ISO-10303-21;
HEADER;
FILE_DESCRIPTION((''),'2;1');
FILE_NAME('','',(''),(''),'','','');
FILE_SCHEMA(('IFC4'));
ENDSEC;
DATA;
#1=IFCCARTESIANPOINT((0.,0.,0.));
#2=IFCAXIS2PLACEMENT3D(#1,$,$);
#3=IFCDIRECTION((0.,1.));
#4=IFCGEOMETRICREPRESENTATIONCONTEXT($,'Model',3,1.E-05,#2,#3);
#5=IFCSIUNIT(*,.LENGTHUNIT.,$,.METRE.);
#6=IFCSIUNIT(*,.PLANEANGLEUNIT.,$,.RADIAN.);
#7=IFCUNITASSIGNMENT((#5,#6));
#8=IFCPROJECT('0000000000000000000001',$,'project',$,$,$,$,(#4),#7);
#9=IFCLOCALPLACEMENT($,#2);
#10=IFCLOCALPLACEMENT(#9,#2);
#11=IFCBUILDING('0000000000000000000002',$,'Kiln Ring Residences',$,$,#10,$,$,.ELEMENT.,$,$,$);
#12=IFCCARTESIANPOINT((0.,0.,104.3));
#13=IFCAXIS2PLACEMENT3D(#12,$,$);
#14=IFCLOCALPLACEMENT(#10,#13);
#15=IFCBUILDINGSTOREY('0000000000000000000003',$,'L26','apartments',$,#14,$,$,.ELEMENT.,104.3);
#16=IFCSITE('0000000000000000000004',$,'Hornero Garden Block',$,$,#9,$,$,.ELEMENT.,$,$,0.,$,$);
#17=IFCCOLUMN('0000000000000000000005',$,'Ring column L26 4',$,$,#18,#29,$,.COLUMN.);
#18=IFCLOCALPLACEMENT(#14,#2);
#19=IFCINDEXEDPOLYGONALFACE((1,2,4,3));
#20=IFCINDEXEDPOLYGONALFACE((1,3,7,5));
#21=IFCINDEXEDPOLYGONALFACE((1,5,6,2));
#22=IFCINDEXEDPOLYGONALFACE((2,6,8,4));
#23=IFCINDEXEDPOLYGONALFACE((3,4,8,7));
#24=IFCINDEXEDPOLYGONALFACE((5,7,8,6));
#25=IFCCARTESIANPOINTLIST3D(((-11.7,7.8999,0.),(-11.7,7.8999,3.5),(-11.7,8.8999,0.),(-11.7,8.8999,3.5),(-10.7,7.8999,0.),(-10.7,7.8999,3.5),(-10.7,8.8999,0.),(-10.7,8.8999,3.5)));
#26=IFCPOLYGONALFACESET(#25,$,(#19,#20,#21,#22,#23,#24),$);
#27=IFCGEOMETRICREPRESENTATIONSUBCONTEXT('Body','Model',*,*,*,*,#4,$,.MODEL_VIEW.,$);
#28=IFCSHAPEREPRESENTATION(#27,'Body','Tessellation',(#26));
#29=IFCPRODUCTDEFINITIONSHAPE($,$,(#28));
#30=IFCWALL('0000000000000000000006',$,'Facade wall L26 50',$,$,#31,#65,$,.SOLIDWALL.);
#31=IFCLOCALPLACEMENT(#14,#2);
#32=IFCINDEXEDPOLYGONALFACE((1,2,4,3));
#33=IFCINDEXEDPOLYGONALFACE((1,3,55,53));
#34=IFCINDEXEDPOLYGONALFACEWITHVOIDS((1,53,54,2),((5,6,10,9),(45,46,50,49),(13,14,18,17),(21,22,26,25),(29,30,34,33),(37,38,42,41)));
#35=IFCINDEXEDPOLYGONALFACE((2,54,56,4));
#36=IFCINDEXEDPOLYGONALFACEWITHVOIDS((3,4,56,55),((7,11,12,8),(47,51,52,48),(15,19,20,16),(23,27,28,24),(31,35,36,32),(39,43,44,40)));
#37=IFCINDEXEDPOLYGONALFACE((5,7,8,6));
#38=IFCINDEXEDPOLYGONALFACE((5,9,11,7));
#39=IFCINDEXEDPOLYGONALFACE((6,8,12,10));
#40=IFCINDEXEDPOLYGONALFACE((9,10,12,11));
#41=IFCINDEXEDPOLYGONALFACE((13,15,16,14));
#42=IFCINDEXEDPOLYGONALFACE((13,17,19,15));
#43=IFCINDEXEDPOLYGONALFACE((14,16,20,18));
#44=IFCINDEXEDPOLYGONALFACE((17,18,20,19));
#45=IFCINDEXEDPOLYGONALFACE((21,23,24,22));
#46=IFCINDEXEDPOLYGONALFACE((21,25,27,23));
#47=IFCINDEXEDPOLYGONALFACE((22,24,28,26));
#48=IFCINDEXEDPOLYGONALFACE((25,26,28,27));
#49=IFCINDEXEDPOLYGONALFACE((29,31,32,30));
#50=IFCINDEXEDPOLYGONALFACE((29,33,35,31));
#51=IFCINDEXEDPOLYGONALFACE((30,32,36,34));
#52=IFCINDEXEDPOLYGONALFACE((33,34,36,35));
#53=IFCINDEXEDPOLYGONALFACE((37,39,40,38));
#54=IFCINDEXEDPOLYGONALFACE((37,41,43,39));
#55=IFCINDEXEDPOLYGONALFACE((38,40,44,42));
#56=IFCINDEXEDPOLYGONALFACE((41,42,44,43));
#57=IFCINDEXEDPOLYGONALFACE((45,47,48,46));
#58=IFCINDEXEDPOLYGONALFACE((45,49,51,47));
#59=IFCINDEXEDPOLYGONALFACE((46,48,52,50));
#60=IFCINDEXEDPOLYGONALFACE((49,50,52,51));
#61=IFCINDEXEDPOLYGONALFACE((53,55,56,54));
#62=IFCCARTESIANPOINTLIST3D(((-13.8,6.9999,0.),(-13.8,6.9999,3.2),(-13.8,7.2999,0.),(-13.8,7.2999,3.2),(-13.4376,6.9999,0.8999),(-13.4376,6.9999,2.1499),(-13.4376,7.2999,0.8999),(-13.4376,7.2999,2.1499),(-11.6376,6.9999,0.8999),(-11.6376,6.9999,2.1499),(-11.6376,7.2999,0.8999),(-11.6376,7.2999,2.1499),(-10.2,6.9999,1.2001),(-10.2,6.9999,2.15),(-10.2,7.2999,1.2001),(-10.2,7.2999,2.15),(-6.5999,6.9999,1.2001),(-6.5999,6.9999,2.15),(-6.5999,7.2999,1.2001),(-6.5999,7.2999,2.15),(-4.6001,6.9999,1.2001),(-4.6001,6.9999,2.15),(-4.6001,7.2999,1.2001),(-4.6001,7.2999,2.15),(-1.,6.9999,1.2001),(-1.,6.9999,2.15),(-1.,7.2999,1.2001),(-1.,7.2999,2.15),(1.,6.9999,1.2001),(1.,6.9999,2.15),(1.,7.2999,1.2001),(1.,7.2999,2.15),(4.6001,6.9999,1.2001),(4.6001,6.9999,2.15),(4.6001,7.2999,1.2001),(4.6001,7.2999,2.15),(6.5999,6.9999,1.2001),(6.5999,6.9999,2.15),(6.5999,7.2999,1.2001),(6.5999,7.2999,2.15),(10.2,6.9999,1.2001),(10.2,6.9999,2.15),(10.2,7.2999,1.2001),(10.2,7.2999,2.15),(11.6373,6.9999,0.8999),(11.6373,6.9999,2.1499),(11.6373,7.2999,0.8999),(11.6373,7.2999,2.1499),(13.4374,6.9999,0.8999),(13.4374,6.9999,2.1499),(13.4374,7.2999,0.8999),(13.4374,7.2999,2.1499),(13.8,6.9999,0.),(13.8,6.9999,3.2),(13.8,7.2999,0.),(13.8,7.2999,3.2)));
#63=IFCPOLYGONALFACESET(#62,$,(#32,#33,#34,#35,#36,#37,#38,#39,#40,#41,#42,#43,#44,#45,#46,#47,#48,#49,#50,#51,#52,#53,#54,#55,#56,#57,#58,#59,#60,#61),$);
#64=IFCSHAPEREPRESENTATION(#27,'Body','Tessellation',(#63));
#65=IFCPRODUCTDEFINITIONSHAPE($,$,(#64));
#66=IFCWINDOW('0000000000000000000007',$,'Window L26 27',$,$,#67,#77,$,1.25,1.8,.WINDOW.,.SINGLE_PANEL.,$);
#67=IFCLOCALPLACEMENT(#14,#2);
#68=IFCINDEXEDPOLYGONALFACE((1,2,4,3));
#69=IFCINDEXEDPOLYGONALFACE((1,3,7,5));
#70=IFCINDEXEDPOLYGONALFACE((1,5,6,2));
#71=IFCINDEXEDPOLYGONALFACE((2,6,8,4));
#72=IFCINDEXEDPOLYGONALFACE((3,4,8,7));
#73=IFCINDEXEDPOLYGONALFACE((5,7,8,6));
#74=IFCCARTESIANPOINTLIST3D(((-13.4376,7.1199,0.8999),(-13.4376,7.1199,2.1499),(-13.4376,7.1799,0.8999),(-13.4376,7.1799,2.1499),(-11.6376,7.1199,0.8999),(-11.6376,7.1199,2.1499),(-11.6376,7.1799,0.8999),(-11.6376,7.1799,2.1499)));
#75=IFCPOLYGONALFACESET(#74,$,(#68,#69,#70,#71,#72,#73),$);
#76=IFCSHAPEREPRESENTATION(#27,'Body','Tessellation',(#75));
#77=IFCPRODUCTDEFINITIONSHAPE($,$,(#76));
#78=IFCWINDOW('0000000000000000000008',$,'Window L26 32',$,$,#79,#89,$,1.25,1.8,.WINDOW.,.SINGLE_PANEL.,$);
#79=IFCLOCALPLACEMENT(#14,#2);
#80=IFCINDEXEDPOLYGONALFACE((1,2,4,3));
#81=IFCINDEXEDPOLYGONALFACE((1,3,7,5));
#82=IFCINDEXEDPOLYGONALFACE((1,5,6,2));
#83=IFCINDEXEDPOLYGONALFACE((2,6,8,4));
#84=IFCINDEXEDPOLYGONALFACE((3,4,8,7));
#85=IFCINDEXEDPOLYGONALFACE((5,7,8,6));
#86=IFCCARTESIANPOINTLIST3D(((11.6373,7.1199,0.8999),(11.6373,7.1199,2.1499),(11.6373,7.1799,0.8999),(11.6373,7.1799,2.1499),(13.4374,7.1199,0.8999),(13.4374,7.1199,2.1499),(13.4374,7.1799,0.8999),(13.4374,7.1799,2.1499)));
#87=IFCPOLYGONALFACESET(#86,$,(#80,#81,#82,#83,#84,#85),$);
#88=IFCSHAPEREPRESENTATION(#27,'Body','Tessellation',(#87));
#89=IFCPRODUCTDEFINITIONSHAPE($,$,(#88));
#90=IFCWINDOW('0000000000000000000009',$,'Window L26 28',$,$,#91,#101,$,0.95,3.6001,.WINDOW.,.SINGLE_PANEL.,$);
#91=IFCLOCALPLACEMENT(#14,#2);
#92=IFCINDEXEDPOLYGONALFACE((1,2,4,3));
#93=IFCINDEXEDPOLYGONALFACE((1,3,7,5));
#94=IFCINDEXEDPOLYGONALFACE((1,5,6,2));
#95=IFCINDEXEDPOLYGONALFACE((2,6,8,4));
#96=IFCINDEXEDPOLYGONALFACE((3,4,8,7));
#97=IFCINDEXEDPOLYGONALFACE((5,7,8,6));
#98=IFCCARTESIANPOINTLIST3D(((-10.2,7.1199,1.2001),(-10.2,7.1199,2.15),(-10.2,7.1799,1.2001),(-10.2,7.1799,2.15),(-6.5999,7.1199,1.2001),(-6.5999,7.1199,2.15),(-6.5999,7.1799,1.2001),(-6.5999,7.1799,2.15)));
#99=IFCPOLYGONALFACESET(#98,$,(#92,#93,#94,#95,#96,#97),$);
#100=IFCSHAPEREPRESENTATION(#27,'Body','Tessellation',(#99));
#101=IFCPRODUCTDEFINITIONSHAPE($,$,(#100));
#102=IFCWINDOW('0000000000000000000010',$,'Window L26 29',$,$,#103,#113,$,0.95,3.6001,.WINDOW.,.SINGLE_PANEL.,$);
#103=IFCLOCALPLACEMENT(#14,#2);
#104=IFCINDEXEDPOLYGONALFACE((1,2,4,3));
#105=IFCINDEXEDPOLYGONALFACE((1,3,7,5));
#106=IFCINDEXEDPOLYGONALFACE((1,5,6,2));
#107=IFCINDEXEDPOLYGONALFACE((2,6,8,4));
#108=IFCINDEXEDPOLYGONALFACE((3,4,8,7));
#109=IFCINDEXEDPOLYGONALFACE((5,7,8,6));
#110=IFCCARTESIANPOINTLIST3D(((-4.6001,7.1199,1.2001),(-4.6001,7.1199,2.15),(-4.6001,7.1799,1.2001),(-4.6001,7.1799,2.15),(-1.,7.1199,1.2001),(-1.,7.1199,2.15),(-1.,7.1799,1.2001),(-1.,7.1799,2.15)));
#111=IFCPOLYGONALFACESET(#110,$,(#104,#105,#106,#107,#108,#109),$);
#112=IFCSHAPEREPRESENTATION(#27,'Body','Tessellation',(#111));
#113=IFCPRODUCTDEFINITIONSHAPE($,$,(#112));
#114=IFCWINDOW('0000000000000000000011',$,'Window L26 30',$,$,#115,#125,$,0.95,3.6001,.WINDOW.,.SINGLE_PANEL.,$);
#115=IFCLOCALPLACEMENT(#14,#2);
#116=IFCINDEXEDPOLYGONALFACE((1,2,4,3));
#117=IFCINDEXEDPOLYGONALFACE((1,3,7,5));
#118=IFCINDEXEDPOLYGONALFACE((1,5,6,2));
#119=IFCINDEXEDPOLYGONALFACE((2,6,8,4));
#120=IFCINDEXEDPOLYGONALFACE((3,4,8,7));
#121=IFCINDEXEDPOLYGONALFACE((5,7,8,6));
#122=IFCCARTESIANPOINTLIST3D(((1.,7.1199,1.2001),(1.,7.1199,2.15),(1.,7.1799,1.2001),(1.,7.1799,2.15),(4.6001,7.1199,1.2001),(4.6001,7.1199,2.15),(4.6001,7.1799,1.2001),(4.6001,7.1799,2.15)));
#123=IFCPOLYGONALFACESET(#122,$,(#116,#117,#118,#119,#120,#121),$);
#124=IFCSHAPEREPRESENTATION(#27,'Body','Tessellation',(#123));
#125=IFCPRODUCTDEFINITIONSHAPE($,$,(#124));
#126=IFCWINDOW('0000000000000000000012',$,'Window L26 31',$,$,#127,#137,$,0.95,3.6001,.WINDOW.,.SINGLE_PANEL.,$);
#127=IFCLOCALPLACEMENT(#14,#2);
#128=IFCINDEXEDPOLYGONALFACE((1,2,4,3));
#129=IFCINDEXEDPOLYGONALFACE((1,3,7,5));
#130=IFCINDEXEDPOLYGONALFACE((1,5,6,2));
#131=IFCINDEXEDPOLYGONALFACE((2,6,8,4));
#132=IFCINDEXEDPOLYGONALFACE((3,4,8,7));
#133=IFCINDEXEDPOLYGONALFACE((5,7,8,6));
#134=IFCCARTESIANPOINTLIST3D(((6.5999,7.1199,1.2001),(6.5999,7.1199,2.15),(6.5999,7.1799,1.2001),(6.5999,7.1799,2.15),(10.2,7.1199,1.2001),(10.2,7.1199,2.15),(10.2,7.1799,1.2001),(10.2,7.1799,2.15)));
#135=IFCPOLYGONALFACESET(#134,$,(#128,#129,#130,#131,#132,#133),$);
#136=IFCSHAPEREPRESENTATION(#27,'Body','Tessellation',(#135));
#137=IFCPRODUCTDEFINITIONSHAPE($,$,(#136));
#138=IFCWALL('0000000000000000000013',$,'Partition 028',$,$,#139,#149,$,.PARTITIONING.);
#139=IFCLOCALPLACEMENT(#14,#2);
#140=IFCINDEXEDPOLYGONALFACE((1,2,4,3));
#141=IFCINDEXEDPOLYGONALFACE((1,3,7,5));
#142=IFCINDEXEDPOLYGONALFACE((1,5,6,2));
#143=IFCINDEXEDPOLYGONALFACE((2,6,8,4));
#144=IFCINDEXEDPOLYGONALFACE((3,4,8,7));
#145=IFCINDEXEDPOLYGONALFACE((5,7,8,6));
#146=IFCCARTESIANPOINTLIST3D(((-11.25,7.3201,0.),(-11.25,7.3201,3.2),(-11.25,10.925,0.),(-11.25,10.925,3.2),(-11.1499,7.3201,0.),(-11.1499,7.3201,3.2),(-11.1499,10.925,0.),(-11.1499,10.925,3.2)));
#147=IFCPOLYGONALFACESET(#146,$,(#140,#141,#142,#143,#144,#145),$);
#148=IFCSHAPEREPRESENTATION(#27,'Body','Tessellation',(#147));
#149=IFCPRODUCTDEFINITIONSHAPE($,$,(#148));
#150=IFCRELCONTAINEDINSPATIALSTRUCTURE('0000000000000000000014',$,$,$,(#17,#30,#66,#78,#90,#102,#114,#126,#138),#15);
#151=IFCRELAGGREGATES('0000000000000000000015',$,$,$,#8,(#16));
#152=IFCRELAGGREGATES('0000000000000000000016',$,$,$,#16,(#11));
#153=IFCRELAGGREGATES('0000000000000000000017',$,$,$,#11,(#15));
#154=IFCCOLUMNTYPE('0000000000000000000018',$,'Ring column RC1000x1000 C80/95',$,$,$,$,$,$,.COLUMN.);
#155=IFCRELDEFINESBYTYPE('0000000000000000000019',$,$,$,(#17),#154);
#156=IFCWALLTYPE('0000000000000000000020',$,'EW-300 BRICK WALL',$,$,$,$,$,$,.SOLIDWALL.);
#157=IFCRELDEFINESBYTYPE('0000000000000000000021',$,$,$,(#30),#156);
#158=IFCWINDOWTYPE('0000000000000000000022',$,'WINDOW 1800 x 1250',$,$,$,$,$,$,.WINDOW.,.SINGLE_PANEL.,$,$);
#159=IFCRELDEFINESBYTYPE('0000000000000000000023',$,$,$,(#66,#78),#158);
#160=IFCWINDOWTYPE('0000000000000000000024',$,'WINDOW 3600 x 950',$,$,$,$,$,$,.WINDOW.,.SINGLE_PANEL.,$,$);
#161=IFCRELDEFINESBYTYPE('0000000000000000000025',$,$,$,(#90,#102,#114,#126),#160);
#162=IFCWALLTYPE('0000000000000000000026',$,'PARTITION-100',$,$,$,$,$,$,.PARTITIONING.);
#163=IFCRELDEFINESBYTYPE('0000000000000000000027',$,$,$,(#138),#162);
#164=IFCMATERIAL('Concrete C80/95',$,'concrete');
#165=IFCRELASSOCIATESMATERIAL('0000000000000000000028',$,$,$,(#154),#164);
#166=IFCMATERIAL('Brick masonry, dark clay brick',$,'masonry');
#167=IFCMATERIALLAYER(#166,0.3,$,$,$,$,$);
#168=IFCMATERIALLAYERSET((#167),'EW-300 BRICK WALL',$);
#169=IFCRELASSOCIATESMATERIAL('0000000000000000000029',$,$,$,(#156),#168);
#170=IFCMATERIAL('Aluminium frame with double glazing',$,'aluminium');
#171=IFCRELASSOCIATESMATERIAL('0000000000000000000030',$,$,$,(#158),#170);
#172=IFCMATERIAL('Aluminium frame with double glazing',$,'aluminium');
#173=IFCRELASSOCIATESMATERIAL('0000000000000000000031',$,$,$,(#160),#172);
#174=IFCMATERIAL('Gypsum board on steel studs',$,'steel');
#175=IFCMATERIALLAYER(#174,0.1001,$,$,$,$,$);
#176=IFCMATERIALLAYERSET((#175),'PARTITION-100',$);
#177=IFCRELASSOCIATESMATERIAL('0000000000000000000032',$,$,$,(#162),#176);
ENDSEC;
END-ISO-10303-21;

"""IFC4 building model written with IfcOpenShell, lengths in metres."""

from ifc_helpers import new_model, si_unit, direction, frame, frame_2d, origin, origin_2d, place, context, subcontext, project, spatial, rectangle, extrude, material, layer, layer_set, material_profile, profile_set, type_object, element, fill, save


model = new_model("IFC4")

# Units and contexts
model_context = context("Model", 3, precision=1e-05, world=origin(), true_north=direction((0.0, 1.0)))
body_context = subcontext(model_context, "Body", "Model", "MODEL_VIEW")
ifc_project = project(units=[si_unit("LENGTHUNIT", "METRE"), si_unit("PLANEANGLEUNIT", "RADIAN")], contexts=[model_context])

# Site, building, storey
site_placement = place(None, origin())
site = spatial("IfcSite", under=ifc_project, at=site_placement, Name="Hornero Garden Block", CompositionType="ELEMENT", RefElevation=0.0)
building_placement = place(site_placement, origin())
building = spatial("IfcBuilding", under=site, at=building_placement, Name="Kiln Ring Residences", CompositionType="ELEMENT")
storey_placement = place(building_placement, frame((0.0, 0.0, 104.3)))
storey = spatial("IfcBuildingStorey", under=building, at=storey_placement, Name="L26", Description="apartments", CompositionType="ELEMENT", Elevation=104.3)

# Column
ifc_material_1 = material(Name="Concrete C80/95", Category="concrete")
ifc_material_profile = material_profile(ifc_material_1, rectangle(XDim=1.0, YDim=1.0, at=origin_2d()), Name="RC1000x1000")
ifc_profile_set = profile_set([ifc_material_profile], Name="Concrete C80/95")
column_type = type_object("IfcColumnType", Name="Ring column RC1000x1000 C80/95", PredefinedType="COLUMN", material=ifc_profile_set)
column_placement = place(storey_placement, frame((-11.2, 8.3999, 0.0), z_axis=(0.0, 0.0, 1.0), x_axis=(1.0, 0.0, 0.0)))
element("IfcColumn", 1, at=column_placement, inside=storey, type_object=column_type, Name="Ring column L26 4", PredefinedType="COLUMN", context=body_context, shape_type="SweptSolid", body=[
    extrude(rectangle(XDim=1.0, YDim=1.0, at=origin_2d()), origin(), (0.0, 0.0, 1.0), 3.5),
])

# Wall, openings, windows
ifc_material_2 = material(Name="Brick masonry, dark clay brick", Category="masonry")
ifc_layer_1 = layer(ifc_material_2, 0.3)
ifc_layer_set_1 = layer_set([ifc_layer_1], Name="EW-300 BRICK WALL")
wall_type_1 = type_object("IfcWallType", Name="EW-300 BRICK WALL", PredefinedType="SOLIDWALL", material=ifc_layer_set_1)
wall_1_placement = place(storey_placement, frame((-13.8, 7.1499, 0.0), z_axis=(0.0, 0.0, 1.0), x_axis=(1.0, 0.0, 0.0)))
wall_1 = element("IfcWall", 2, at=wall_1_placement, inside=storey, type_object=wall_type_1, Name="Facade wall L26 50", PredefinedType="SOLIDWALL", context=body_context, shape_type="SweptSolid", body=[
    extrude(rectangle(XDim=27.6001, YDim=0.3, at=frame_2d((13.8, 0.0))), origin(), (0.0, 0.0, 1.0), 3.2),
])
opening_1_placement = place(wall_1_placement, frame((0.3625, 0.0, 0.8999)))
opening_1 = element("IfcOpeningElement", 3, at=opening_1_placement, cuts=wall_1, PredefinedType="OPENING", context=body_context, shape_type="SweptSolid", body=[
    extrude(rectangle(XDim=1.8, YDim=1.25, at=frame_2d((0.8999, 0.625))), frame((0.0, 0.1599, 0.0), z_axis=(0.0, -1.0, 0.0), x_axis=(1.0, 0.0, 0.0)), (0.0, 0.0, 1.0), 0.3201),
])
opening_2_placement = place(wall_1_placement, frame((3.6001, 0.0, 1.2)))
opening_2 = element("IfcOpeningElement", 4, at=opening_2_placement, cuts=wall_1, PredefinedType="OPENING", context=body_context, shape_type="SweptSolid", body=[
    extrude(rectangle(XDim=3.6001, YDim=0.95, at=frame_2d((1.8, 0.4751))), frame((0.0, 0.1599, 0.0), z_axis=(0.0, -1.0, 0.0), x_axis=(1.0, 0.0, 0.0)), (0.0, 0.0, 1.0), 0.3201),
])
opening_3_placement = place(wall_1_placement, frame((9.2, 0.0, 1.2)))
opening_3 = element("IfcOpeningElement", 5, at=opening_3_placement, cuts=wall_1, PredefinedType="OPENING", context=body_context, shape_type="SweptSolid", body=[
    extrude(rectangle(XDim=3.6001, YDim=0.95, at=frame_2d((1.8, 0.4751))), frame((0.0, 0.1599, 0.0), z_axis=(0.0, -1.0, 0.0), x_axis=(1.0, 0.0, 0.0)), (0.0, 0.0, 1.0), 0.3201),
])
opening_4_placement = place(wall_1_placement, frame((14.8, 0.0, 1.2)))
opening_4 = element("IfcOpeningElement", 6, at=opening_4_placement, cuts=wall_1, PredefinedType="OPENING", context=body_context, shape_type="SweptSolid", body=[
    extrude(rectangle(XDim=3.6001, YDim=0.95, at=frame_2d((1.8, 0.4751))), frame((0.0, 0.1599, 0.0), z_axis=(0.0, -1.0, 0.0), x_axis=(1.0, 0.0, 0.0)), (0.0, 0.0, 1.0), 0.3201),
])
opening_5_placement = place(wall_1_placement, frame((20.3999, 0.0, 1.2)))
opening_5 = element("IfcOpeningElement", 7, at=opening_5_placement, cuts=wall_1, PredefinedType="OPENING", context=body_context, shape_type="SweptSolid", body=[
    extrude(rectangle(XDim=3.6001, YDim=0.95, at=frame_2d((1.8, 0.4751))), frame((0.0, 0.1599, 0.0), z_axis=(0.0, -1.0, 0.0), x_axis=(1.0, 0.0, 0.0)), (0.0, 0.0, 1.0), 0.3201),
])
opening_6_placement = place(wall_1_placement, frame((25.4375, 0.0, 0.8999)))
opening_6 = element("IfcOpeningElement", 8, at=opening_6_placement, cuts=wall_1, PredefinedType="OPENING", context=body_context, shape_type="SweptSolid", body=[
    extrude(rectangle(XDim=1.8, YDim=1.25, at=frame_2d((0.8999, 0.625))), frame((0.0, 0.1599, 0.0), z_axis=(0.0, -1.0, 0.0), x_axis=(1.0, 0.0, 0.0)), (0.0, 0.0, 1.0), 0.3201),
])
ifc_material_3 = material(Name="Aluminium frame with double glazing", Category="aluminium")
window_type_1 = type_object("IfcWindowType", Name="WINDOW 1800 x 1250", PartitioningType="SINGLE_PANEL", PredefinedType="WINDOW", material=ifc_material_3)
window_1_placement = place(opening_1_placement, origin())
window_1 = element("IfcWindow", 9, at=window_1_placement, inside=storey, type_object=window_type_1, Name="Window L26 27", OverallHeight=1.25, OverallWidth=1.8, PartitioningType="SINGLE_PANEL", PredefinedType="WINDOW", context=body_context, shape_type="SweptSolid", body=[
    extrude(rectangle(XDim=1.8, YDim=1.25, at=frame_2d((0.8999, 0.625))), frame((0.0, 0.03, 0.0), z_axis=(0.0, -1.0, 0.0), x_axis=(1.0, 0.0, 0.0)), (0.0, 0.0, 1.0), 0.0601),
])
fill(opening_1, window_1)
window_2_placement = place(opening_6_placement, origin())
window_2 = element("IfcWindow", 10, at=window_2_placement, inside=storey, type_object=window_type_1, Name="Window L26 32", OverallHeight=1.25, OverallWidth=1.8, PartitioningType="SINGLE_PANEL", PredefinedType="WINDOW", context=body_context, shape_type="SweptSolid", body=[
    extrude(rectangle(XDim=1.8, YDim=1.25, at=frame_2d((0.8999, 0.625))), frame((0.0, 0.03, 0.0), z_axis=(0.0, -1.0, 0.0), x_axis=(1.0, 0.0, 0.0)), (0.0, 0.0, 1.0), 0.0601),
])
fill(opening_6, window_2)
ifc_material_4 = material(Name="Aluminium frame with double glazing", Category="aluminium")
window_type_2 = type_object("IfcWindowType", Name="WINDOW 3600 x 950", PartitioningType="SINGLE_PANEL", PredefinedType="WINDOW", material=ifc_material_4)
window_3_placement = place(opening_2_placement, origin())
window_3 = element("IfcWindow", 11, at=window_3_placement, inside=storey, type_object=window_type_2, Name="Window L26 28", OverallHeight=0.95, OverallWidth=3.6001, PartitioningType="SINGLE_PANEL", PredefinedType="WINDOW", context=body_context, shape_type="SweptSolid", body=[
    extrude(rectangle(XDim=3.6001, YDim=0.95, at=frame_2d((1.8, 0.4751))), frame((0.0, 0.03, 0.0), z_axis=(0.0, -1.0, 0.0), x_axis=(1.0, 0.0, 0.0)), (0.0, 0.0, 1.0), 0.0601),
])
fill(opening_2, window_3)
window_4_placement = place(opening_3_placement, origin())
window_4 = element("IfcWindow", 12, at=window_4_placement, inside=storey, type_object=window_type_2, Name="Window L26 29", OverallHeight=0.95, OverallWidth=3.6001, PartitioningType="SINGLE_PANEL", PredefinedType="WINDOW", context=body_context, shape_type="SweptSolid", body=[
    extrude(rectangle(XDim=3.6001, YDim=0.95, at=frame_2d((1.8, 0.4751))), frame((0.0, 0.03, 0.0), z_axis=(0.0, -1.0, 0.0), x_axis=(1.0, 0.0, 0.0)), (0.0, 0.0, 1.0), 0.0601),
])
fill(opening_3, window_4)
window_5_placement = place(opening_4_placement, origin())
window_5 = element("IfcWindow", 13, at=window_5_placement, inside=storey, type_object=window_type_2, Name="Window L26 30", OverallHeight=0.95, OverallWidth=3.6001, PartitioningType="SINGLE_PANEL", PredefinedType="WINDOW", context=body_context, shape_type="SweptSolid", body=[
    extrude(rectangle(XDim=3.6001, YDim=0.95, at=frame_2d((1.8, 0.4751))), frame((0.0, 0.03, 0.0), z_axis=(0.0, -1.0, 0.0), x_axis=(1.0, 0.0, 0.0)), (0.0, 0.0, 1.0), 0.0601),
])
fill(opening_4, window_5)
window_6_placement = place(opening_5_placement, origin())
window_6 = element("IfcWindow", 14, at=window_6_placement, inside=storey, type_object=window_type_2, Name="Window L26 31", OverallHeight=0.95, OverallWidth=3.6001, PartitioningType="SINGLE_PANEL", PredefinedType="WINDOW", context=body_context, shape_type="SweptSolid", body=[
    extrude(rectangle(XDim=3.6001, YDim=0.95, at=frame_2d((1.8, 0.4751))), frame((0.0, 0.03, 0.0), z_axis=(0.0, -1.0, 0.0), x_axis=(1.0, 0.0, 0.0)), (0.0, 0.0, 1.0), 0.0601),
])
fill(opening_5, window_6)

# Wall
ifc_material_5 = material(Name="Gypsum board on steel studs", Category="steel")
ifc_layer_2 = layer(ifc_material_5, 0.1001)
ifc_layer_set_2 = layer_set([ifc_layer_2], Name="PARTITION-100")
wall_type_2 = type_object("IfcWallType", Name="PARTITION-100", PredefinedType="PARTITIONING", material=ifc_layer_set_2)
wall_2_placement = place(storey_placement, frame((-11.2, 7.3201, 0.0), z_axis=(0.0, 0.0, 1.0), x_axis=(0.0, 1.0, 0.0)))
element("IfcWall", 15, at=wall_2_placement, inside=storey, type_object=wall_type_2, Name="Partition 028", PredefinedType="PARTITIONING", context=body_context, shape_type="SweptSolid", body=[
    extrude(rectangle(XDim=3.605, YDim=0.1001, at=frame_2d((1.8025, 0.0))), origin(), (0.0, 0.0, 1.0), 3.2),
])

save(model, "model.ifc")
